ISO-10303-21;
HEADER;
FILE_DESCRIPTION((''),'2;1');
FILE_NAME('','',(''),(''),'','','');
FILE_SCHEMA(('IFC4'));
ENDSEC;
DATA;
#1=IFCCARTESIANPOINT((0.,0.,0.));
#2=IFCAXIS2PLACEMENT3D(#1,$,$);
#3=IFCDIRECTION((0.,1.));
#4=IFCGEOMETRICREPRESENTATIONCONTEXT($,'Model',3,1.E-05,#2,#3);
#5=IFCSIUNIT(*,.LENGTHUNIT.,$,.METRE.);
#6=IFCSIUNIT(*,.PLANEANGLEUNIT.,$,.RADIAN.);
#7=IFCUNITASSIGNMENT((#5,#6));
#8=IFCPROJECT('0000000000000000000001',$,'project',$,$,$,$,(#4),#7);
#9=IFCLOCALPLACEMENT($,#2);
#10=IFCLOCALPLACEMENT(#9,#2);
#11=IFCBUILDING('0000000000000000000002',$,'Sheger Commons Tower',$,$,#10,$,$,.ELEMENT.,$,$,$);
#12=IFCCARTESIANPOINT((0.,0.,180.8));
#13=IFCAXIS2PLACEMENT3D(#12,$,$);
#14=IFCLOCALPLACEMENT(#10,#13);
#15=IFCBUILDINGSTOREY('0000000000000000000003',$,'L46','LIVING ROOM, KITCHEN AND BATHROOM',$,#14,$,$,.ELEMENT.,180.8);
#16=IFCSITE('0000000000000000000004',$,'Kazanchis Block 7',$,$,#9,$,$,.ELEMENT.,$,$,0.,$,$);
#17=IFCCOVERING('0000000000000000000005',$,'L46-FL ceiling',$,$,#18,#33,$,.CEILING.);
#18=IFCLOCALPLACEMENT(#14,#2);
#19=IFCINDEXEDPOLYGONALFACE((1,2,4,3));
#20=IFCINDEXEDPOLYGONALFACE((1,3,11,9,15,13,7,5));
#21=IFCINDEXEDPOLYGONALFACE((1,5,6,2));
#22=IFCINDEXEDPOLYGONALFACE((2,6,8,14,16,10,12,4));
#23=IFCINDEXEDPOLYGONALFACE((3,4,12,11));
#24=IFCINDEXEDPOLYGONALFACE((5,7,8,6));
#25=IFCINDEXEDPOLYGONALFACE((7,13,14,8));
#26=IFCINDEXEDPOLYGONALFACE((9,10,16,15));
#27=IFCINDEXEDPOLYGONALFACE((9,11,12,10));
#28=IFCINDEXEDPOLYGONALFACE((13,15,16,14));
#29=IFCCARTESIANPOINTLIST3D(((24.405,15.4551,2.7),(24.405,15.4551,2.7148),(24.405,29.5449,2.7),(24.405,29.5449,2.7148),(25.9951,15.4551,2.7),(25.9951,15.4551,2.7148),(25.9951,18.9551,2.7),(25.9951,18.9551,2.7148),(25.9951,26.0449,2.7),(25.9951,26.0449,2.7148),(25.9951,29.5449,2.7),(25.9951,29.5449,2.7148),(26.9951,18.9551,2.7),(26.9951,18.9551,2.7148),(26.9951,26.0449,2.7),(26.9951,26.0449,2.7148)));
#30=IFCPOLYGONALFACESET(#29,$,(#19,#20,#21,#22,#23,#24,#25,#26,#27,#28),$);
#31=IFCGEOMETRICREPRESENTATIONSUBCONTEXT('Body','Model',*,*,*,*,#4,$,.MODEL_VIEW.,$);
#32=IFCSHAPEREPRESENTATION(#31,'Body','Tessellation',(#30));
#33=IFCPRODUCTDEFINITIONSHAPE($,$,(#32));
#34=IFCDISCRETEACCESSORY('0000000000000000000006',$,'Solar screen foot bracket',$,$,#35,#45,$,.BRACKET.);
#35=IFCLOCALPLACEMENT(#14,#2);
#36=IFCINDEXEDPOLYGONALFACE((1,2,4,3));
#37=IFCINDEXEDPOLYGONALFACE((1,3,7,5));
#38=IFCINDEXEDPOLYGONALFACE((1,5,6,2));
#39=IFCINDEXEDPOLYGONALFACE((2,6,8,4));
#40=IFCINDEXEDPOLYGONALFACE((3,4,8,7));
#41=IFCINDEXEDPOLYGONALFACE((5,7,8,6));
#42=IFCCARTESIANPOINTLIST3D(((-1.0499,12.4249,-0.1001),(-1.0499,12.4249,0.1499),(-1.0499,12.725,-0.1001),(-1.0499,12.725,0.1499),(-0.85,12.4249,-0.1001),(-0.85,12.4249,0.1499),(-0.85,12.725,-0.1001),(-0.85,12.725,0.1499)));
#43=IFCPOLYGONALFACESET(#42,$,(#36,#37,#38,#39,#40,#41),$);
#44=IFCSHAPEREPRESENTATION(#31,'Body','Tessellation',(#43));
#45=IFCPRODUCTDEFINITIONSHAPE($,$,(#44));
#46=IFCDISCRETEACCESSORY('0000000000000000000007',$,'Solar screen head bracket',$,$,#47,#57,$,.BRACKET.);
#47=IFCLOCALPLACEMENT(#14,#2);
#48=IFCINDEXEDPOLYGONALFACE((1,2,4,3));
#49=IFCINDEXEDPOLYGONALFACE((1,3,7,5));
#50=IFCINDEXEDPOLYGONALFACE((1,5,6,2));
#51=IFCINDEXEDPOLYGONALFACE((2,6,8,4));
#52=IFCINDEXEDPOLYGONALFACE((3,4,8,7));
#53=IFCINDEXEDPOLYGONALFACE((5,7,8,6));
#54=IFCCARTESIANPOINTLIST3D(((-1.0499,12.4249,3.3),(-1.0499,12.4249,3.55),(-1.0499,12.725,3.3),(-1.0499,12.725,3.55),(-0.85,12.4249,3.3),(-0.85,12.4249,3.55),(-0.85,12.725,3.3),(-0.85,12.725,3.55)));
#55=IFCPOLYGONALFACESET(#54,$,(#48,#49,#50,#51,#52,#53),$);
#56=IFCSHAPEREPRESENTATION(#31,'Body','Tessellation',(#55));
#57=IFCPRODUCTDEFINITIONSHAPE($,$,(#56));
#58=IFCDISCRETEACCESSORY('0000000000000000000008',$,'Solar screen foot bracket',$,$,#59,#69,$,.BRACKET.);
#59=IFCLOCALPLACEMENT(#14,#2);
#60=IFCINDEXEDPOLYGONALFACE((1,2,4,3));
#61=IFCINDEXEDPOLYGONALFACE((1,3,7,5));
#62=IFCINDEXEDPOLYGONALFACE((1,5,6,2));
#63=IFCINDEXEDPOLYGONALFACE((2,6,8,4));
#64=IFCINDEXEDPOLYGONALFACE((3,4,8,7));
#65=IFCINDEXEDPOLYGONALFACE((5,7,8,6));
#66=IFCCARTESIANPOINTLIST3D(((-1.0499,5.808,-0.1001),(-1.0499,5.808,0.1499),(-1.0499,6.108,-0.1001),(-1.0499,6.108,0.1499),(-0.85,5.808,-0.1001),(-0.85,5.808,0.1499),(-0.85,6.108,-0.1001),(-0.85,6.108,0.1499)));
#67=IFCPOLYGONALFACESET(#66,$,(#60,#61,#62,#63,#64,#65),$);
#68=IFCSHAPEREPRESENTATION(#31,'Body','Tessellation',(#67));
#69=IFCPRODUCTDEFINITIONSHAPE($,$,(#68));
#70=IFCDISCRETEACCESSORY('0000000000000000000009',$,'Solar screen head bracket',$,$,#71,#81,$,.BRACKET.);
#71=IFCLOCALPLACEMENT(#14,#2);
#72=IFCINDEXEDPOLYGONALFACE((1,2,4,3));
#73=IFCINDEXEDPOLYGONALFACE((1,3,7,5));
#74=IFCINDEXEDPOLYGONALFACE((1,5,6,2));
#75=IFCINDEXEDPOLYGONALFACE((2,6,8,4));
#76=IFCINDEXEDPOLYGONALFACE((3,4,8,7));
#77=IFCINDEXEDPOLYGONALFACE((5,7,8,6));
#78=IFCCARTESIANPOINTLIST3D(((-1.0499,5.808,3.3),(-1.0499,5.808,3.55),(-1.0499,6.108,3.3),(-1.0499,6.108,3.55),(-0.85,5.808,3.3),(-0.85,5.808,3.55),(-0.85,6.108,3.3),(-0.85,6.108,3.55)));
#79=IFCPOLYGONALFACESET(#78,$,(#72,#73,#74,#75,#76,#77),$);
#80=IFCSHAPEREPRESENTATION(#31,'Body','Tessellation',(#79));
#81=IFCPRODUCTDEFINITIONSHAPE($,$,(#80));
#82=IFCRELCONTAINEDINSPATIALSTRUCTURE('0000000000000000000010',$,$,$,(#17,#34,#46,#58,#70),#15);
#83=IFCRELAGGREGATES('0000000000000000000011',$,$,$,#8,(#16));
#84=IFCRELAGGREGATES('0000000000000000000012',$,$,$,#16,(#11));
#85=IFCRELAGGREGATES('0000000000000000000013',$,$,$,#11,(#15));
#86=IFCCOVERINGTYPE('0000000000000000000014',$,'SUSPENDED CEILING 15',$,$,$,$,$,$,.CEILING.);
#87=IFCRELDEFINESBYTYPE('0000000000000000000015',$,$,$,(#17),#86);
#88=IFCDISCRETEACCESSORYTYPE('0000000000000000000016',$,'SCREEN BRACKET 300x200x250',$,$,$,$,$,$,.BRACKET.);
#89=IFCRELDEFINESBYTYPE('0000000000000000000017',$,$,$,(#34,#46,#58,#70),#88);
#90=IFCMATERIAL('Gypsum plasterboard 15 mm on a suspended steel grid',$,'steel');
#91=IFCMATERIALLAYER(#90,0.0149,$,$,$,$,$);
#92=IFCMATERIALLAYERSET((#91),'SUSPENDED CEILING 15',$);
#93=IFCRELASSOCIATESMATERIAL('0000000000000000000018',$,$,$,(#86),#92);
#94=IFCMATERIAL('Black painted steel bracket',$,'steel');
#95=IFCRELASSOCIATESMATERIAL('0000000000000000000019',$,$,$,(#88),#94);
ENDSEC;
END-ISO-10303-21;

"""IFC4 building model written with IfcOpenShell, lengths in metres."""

from ifc_helpers import new_model, si_unit, direction, frame, origin, origin_2d, place, context, subcontext, project, spatial, polyline, rectangle, outline, extrude, material, layer, layer_set, type_object, element, save


model = new_model("IFC4")

# Units and contexts
model_context = context("Model", 3, precision=1e-05, world=origin(), true_north=direction((0.0, 1.0)))
body_context = subcontext(model_context, "Body", "Model", "MODEL_VIEW")
ifc_project = project(units=[si_unit("LENGTHUNIT", "METRE"), si_unit("PLANEANGLEUNIT", "RADIAN")], contexts=[model_context])

# Site, building, storey
site_placement = place(None, origin())
site = spatial("IfcSite", under=ifc_project, at=site_placement, Name="Kazanchis Block 7", CompositionType="ELEMENT", RefElevation=0.0)
building_placement = place(site_placement, origin())
building = spatial("IfcBuilding", under=site, at=building_placement, Name="Sheger Commons Tower", CompositionType="ELEMENT")
storey_placement = place(building_placement, frame((0.0, 0.0, 180.8)))
storey = spatial("IfcBuildingStorey", under=building, at=storey_placement, Name="L46", Description="LIVING ROOM, KITCHEN AND BATHROOM", CompositionType="ELEMENT", Elevation=180.8)

# Covering
ifc_material_1 = material(Name="Gypsum plasterboard 15 mm on a suspended steel grid", Category="steel")
ifc_layer_1 = layer(ifc_material_1, 0.0149)
ifc_layer_set_1 = layer_set([ifc_layer_1], Name="SUSPENDED CEILING 15")
covering_type_1 = type_object("IfcCoveringType", Name="SUSPENDED CEILING 15", PredefinedType="CEILING", material=ifc_layer_set_1)
covering_1_placement = place(storey_placement, frame((0.0, 0.0, 2.7)))
element("IfcCovering", 1, at=covering_1_placement, inside=storey, type_object=covering_type_1, Name="L46-FL ceiling", PredefinedType="CEILING", context=body_context, shape_type="SweptSolid", body=[
    extrude(outline(polyline([(24.405, 15.4551), (25.9951, 15.4551), (25.9951, 18.9551), (26.9951, 18.9551), (26.9951, 26.0449), (25.9951, 26.0449), (25.9951, 29.5449), (24.405, 29.5449), (24.405, 15.4551)])), origin(), (0.0, 0.0, 1.0), 0.0149),
])

# Discrete accessories
ifc_material_2 = material(Name="Black painted steel bracket", Category="steel")
discrete_accessory_type = type_object("IfcDiscreteAccessoryType", Name="SCREEN BRACKET 300x200x250", PredefinedType="BRACKET", material=ifc_material_2)
for number, where, z_axis, x_axis, name in (
    (2, (-0.95, 12.575, -0.1001), (0.0, 0.0, 1.0), (0.0, -1.0, 0.0), "Solar screen foot bracket"),
    (3, (-0.95, 12.575, 3.3), (0.0, 0.0, 1.0), (0.0, -1.0, 0.0), "Solar screen head bracket"),
    (4, (-0.95, 5.958, -0.1001), (0.0, 0.0, 1.0), (0.0, -1.0, 0.0), "Solar screen foot bracket"),
    (5, (-0.95, 5.958, 3.3), (0.0, 0.0, 1.0), (0.0, -1.0, 0.0), "Solar screen head bracket"),
):
    element("IfcDiscreteAccessory", number, at=place(storey_placement, frame(where, z_axis=z_axis, x_axis=x_axis)), inside=storey, type_object=discrete_accessory_type, Name=name, PredefinedType="BRACKET", context=body_context, shape_type="SweptSolid", body=[
        extrude(rectangle(XDim=0.3, YDim=0.2, at=origin_2d()), origin(), (0.0, 0.0, 1.0), 0.25),
    ])

save(model, "model.ifc")
